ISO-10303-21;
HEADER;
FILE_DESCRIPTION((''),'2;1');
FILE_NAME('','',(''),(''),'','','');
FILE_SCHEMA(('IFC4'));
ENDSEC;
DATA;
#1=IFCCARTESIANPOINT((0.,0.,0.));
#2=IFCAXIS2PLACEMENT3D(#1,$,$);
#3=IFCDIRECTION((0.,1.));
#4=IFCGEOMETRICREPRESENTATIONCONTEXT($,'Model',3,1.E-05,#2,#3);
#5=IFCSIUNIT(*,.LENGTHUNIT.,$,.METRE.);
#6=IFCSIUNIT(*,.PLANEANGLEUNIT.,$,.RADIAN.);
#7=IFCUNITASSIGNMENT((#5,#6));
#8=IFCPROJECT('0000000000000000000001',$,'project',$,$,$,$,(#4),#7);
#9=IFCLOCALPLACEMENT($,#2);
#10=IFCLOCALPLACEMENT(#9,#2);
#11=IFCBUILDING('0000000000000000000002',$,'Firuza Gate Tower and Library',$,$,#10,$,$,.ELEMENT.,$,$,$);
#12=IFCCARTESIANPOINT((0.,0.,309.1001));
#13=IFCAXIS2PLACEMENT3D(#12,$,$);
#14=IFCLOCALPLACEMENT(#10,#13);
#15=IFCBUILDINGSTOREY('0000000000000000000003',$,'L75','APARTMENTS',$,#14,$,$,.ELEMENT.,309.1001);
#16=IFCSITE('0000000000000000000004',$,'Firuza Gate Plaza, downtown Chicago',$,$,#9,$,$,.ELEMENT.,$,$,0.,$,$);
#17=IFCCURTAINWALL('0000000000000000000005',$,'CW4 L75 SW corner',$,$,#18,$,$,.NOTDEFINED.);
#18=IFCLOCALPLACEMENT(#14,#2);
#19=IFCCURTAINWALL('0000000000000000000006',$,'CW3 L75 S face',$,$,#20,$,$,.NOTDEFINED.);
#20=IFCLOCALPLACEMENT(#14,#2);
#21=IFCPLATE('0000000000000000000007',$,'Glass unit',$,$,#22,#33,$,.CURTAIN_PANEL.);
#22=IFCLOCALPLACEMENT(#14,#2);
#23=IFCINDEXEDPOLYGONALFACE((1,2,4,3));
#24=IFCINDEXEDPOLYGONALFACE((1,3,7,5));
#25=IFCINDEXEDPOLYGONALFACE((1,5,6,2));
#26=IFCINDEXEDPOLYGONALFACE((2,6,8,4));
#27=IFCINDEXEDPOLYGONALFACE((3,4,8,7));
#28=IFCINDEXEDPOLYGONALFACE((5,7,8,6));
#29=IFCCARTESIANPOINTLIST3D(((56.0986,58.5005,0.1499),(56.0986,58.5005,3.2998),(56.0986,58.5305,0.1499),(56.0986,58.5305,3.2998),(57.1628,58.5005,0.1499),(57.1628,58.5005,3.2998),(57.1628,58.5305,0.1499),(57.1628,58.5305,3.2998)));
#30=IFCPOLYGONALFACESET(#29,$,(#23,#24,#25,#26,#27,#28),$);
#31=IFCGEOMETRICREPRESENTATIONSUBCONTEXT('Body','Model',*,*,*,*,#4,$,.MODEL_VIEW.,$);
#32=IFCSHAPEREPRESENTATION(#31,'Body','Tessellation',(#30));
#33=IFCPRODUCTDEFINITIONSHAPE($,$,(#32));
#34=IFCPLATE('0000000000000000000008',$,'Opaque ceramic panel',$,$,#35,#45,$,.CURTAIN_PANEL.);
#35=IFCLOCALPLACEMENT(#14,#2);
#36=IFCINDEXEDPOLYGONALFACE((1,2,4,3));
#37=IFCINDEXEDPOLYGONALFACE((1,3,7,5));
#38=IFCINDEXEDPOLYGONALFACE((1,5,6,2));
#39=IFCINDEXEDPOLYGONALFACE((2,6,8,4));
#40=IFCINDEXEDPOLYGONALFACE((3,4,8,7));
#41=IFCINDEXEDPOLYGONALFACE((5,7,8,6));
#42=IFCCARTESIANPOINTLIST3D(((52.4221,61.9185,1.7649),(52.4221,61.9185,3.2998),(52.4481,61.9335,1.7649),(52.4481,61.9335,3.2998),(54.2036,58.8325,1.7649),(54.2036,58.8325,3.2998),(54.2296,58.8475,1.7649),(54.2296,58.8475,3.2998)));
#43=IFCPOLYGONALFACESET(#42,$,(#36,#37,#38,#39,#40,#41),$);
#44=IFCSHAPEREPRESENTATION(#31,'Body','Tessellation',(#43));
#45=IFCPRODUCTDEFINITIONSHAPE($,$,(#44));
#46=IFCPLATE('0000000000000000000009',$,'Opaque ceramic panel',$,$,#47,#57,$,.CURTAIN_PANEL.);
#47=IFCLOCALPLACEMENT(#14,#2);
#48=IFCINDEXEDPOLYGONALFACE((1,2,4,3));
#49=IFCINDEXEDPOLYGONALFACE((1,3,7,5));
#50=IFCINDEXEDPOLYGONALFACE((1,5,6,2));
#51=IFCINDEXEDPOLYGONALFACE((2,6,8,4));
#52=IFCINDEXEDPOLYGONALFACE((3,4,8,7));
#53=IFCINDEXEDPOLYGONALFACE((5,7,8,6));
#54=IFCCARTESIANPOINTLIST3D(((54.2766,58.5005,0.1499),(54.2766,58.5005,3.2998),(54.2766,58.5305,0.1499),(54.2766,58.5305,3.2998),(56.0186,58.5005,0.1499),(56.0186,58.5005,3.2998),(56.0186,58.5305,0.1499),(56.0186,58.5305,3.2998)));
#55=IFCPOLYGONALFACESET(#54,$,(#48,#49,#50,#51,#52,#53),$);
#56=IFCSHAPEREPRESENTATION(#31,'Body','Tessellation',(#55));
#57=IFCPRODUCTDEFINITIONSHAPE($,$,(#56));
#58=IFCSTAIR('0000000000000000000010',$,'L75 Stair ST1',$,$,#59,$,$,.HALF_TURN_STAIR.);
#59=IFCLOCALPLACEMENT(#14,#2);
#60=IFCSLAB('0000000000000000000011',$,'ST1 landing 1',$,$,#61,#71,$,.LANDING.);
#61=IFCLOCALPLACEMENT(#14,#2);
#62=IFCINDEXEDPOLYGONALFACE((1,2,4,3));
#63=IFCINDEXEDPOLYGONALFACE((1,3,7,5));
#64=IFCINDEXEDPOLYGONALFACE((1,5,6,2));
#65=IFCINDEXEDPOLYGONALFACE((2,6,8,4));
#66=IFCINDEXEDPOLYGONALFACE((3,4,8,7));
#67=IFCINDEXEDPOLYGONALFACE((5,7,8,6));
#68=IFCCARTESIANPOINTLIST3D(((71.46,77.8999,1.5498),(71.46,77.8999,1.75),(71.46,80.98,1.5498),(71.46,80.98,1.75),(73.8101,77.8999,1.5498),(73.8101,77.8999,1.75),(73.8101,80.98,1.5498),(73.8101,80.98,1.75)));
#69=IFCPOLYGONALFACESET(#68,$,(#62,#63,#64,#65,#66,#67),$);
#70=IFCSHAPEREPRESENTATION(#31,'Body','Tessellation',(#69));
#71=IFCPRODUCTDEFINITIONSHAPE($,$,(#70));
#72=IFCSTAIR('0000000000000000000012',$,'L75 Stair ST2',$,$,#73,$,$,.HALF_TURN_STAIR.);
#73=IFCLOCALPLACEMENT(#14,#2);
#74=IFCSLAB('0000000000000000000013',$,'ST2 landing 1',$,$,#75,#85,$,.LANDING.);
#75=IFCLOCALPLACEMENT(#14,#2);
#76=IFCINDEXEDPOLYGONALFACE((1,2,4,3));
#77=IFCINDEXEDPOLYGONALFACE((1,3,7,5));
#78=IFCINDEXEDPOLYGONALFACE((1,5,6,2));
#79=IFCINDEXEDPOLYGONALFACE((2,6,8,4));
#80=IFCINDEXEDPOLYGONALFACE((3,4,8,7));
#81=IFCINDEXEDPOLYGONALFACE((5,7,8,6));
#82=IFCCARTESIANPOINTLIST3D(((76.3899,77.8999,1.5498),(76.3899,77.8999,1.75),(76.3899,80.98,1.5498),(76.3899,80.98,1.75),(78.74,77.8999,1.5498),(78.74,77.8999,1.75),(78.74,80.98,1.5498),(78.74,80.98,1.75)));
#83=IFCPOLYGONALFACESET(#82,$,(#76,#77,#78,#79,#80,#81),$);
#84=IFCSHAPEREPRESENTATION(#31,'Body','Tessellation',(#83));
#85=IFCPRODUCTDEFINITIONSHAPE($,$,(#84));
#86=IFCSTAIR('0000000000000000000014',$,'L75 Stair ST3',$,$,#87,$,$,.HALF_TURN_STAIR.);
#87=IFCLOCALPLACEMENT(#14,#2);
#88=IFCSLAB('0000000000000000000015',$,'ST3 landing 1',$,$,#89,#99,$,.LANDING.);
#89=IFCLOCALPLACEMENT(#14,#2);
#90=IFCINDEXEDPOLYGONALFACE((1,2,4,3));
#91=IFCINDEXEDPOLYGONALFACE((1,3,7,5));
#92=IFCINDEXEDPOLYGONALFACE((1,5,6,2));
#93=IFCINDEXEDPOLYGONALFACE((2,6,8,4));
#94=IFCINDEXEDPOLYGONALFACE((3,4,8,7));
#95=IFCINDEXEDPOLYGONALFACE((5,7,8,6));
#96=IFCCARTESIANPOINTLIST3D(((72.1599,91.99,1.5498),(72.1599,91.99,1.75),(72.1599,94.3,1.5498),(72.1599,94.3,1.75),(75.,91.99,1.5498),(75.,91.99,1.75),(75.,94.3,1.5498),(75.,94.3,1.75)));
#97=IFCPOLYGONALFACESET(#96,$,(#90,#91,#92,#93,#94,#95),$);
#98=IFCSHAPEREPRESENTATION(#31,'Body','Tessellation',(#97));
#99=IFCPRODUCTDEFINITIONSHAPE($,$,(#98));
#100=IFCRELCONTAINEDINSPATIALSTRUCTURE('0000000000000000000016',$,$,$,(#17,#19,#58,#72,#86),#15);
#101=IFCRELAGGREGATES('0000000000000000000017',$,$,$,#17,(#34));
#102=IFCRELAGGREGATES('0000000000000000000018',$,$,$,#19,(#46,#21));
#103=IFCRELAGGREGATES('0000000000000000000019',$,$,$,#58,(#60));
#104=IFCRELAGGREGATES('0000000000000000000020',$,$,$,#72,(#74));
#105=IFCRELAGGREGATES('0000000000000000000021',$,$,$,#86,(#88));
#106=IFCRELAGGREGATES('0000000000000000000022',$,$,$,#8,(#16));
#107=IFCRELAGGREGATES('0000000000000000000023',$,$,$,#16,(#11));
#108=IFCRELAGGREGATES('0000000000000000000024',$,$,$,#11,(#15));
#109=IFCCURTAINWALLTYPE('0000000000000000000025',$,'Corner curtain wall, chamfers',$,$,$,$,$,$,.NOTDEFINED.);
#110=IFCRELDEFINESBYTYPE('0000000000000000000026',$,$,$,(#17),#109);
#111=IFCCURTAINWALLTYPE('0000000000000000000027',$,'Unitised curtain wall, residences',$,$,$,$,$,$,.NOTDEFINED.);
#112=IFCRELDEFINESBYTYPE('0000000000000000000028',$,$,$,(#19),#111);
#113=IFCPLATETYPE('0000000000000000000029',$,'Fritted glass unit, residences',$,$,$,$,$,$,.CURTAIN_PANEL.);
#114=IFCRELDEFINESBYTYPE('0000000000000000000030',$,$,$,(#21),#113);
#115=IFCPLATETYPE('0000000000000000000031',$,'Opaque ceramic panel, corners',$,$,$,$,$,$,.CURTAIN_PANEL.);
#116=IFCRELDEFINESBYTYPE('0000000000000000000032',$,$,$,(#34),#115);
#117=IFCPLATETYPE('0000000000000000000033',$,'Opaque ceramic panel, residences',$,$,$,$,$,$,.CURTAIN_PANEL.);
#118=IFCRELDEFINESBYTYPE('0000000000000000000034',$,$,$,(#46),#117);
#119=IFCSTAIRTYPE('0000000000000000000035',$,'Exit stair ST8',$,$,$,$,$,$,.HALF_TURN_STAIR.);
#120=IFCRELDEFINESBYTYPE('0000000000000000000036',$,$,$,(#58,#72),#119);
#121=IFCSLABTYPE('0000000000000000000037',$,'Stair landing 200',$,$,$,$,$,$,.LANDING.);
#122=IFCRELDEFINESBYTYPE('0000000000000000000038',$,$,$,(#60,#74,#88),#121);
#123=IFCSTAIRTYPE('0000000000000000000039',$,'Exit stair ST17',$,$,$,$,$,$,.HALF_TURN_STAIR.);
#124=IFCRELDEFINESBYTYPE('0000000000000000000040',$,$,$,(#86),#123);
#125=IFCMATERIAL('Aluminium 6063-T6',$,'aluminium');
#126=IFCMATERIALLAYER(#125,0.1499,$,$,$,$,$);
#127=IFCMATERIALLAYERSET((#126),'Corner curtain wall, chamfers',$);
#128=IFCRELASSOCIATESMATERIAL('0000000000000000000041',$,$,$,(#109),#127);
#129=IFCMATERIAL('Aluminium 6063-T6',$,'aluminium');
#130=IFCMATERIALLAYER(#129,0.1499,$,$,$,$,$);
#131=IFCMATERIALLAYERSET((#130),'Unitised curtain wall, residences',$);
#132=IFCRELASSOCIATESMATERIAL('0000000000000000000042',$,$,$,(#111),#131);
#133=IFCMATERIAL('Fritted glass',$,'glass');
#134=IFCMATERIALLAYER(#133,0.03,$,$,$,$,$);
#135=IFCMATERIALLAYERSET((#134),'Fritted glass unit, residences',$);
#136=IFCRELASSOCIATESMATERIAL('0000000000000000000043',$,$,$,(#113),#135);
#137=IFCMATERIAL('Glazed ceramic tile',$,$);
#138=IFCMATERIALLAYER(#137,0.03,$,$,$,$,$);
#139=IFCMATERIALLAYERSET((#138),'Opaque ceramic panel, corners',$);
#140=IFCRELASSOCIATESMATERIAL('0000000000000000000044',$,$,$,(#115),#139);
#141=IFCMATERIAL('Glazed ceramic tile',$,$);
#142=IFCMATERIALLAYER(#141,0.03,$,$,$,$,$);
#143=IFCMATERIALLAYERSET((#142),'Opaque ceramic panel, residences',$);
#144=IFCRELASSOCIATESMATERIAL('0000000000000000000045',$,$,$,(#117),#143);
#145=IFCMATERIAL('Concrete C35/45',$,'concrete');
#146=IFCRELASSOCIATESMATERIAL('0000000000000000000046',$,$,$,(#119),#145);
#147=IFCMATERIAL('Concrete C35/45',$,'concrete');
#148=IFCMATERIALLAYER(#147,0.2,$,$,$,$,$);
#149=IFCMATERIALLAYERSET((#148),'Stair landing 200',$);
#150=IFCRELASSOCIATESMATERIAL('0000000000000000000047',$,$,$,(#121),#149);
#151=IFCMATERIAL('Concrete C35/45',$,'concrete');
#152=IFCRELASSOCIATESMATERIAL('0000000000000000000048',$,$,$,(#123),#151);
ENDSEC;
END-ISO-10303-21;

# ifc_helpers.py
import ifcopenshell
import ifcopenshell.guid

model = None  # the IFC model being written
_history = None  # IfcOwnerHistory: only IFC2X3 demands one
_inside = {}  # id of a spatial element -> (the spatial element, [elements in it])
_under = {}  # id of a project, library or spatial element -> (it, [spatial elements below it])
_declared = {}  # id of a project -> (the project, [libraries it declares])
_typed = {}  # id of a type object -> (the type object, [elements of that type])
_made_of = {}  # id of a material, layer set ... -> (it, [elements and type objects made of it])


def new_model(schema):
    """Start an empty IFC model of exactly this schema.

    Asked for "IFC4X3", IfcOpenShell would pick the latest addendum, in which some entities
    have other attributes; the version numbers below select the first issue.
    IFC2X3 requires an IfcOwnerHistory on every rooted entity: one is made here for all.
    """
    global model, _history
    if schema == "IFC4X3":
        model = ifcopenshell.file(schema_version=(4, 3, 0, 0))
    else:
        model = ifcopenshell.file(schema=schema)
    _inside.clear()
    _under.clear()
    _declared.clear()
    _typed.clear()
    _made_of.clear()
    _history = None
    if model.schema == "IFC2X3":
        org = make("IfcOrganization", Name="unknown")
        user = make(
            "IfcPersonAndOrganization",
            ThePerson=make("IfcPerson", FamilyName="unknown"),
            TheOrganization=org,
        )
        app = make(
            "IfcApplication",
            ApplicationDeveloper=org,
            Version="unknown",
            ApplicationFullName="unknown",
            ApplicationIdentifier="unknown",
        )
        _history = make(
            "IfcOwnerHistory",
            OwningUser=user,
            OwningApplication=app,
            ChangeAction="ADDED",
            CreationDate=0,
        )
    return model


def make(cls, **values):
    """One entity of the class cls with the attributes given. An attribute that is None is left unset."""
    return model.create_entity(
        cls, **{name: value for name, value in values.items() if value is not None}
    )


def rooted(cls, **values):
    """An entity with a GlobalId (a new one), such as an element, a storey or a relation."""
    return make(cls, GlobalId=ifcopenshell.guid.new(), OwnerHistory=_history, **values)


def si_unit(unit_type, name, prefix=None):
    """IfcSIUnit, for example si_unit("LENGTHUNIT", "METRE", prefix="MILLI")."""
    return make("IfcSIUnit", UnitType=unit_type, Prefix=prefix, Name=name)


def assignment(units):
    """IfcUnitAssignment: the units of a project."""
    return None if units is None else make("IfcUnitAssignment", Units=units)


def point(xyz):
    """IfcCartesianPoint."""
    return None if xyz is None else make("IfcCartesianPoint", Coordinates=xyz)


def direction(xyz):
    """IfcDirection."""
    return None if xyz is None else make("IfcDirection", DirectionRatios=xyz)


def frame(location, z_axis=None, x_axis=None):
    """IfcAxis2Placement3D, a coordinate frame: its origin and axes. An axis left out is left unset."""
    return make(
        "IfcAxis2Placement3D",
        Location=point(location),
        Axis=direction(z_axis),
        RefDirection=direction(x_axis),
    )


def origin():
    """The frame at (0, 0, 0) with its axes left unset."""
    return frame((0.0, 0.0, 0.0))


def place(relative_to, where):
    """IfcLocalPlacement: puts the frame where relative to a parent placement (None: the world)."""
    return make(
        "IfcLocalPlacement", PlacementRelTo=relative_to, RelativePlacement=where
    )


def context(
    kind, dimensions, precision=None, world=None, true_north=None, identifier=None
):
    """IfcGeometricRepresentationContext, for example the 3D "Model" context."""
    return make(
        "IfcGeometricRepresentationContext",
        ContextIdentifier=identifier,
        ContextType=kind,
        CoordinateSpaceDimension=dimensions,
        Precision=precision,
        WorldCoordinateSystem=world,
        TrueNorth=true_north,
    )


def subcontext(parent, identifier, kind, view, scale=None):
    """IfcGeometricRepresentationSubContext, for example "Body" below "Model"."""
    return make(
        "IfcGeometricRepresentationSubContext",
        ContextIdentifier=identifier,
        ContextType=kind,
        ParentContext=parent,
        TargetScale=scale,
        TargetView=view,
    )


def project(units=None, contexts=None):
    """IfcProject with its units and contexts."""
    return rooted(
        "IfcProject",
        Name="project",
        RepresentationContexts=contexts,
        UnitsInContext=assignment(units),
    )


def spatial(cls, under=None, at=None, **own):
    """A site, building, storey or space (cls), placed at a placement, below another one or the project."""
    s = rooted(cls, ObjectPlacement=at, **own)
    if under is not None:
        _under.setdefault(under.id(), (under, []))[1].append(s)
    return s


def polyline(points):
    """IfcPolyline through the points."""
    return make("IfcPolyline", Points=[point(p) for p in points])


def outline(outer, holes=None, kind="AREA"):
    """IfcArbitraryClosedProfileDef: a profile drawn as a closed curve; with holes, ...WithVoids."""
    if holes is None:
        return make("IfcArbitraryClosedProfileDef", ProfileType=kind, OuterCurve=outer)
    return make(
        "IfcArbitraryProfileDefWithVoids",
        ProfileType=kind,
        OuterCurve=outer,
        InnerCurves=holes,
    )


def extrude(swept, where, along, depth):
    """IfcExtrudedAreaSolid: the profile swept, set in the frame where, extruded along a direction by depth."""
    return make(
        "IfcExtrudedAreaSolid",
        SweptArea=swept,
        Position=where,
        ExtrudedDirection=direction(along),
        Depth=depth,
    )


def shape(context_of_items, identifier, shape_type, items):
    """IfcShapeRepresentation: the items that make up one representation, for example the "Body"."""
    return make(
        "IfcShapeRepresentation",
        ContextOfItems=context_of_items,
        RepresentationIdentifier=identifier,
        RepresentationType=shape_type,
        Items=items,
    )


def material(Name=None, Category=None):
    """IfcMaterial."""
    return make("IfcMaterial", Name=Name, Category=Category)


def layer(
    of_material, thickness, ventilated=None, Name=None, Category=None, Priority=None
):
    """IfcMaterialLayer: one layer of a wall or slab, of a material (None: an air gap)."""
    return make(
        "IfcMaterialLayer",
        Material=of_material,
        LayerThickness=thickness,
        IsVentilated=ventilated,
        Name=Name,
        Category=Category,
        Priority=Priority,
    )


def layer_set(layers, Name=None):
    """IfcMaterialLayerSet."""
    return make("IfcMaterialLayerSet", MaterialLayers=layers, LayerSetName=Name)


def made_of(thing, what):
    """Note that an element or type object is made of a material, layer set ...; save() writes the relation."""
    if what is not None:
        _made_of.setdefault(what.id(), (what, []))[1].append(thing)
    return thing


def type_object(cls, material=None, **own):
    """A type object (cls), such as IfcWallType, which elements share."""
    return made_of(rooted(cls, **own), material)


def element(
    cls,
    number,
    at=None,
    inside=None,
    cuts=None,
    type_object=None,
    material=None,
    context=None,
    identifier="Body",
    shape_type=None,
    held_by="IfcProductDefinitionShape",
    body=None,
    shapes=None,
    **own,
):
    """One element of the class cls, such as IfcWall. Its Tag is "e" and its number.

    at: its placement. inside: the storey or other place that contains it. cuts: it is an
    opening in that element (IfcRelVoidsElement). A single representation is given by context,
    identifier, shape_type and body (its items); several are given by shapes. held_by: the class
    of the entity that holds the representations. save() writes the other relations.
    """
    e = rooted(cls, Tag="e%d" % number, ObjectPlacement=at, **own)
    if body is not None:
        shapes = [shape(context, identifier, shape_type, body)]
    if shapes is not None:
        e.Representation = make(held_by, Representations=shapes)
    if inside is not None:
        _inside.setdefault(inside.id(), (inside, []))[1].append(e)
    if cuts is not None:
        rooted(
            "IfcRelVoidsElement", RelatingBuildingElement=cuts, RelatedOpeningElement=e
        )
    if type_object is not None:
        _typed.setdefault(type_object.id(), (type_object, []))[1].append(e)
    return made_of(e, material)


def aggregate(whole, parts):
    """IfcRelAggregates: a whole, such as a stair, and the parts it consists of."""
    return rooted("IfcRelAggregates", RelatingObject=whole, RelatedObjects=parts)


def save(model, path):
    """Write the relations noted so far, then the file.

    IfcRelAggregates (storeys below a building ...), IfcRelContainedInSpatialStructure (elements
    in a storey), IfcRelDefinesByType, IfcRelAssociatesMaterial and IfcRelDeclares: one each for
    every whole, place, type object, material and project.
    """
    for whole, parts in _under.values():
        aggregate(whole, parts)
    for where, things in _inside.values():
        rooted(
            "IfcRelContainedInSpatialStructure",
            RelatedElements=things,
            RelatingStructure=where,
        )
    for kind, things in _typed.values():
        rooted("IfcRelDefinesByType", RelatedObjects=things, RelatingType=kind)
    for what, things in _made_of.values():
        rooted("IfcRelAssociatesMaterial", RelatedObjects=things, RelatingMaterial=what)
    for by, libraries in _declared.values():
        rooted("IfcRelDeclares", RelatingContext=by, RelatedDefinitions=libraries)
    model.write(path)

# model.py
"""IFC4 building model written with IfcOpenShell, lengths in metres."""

from ifc_helpers import new_model, si_unit, direction, frame, origin, place, context, subcontext, project, spatial, polyline, outline, extrude, material, layer, layer_set, type_object, element, aggregate, save


model = new_model("IFC4")

# Units and contexts
model_context = context("Model", 3, precision=1e-05, world=origin(), true_north=direction((0.0, 1.0)))
body_context = subcontext(model_context, "Body", "Model", "MODEL_VIEW")
ifc_project = project(units=[si_unit("LENGTHUNIT", "METRE"), si_unit("PLANEANGLEUNIT", "RADIAN")], contexts=[model_context])

# Site, building, storey
site_placement = place(None, origin())
site = spatial("IfcSite", under=ifc_project, at=site_placement, Name="Firuza Gate Plaza, downtown Chicago", CompositionType="ELEMENT", RefElevation=0.0)
building_placement = place(site_placement, origin())
building = spatial("IfcBuilding", under=site, at=building_placement, Name="Firuza Gate Tower and Library", CompositionType="ELEMENT")
storey_placement = place(building_placement, frame((0.0, 0.0, 309.1001)))
storey = spatial("IfcBuildingStorey", under=building, at=storey_placement, Name="L75", Description="APARTMENTS", CompositionType="ELEMENT", Elevation=309.1001)

# Curtain walls
ifc_material_1 = material(Name="Aluminium 6063-T6", Category="aluminium")
ifc_layer_1 = layer(ifc_material_1, 0.1499)
ifc_layer_set_1 = layer_set([ifc_layer_1], Name="Corner curtain wall, chamfers")
curtain_wall_type_1 = type_object("IfcCurtainWallType", Name="Corner curtain wall, chamfers", PredefinedType="NOTDEFINED", material=ifc_layer_set_1)
placement_1 = place(storey_placement, origin())
curtain_wall_1 = element("IfcCurtainWall", 1, at=placement_1, inside=storey, type_object=curtain_wall_type_1, Name="CW4 L75 SW corner", PredefinedType="NOTDEFINED")
ifc_material_2 = material(Name="Aluminium 6063-T6", Category="aluminium")
ifc_layer_2 = layer(ifc_material_2, 0.1499)
ifc_layer_set_2 = layer_set([ifc_layer_2], Name="Unitised curtain wall, residences")
curtain_wall_type_2 = type_object("IfcCurtainWallType", Name="Unitised curtain wall, residences", PredefinedType="NOTDEFINED", material=ifc_layer_set_2)
curtain_wall_2 = element("IfcCurtainWall", 2, at=placement_1, inside=storey, type_object=curtain_wall_type_2, Name="CW3 L75 S face", PredefinedType="NOTDEFINED")

# Plates
ifc_material_3 = material(Name="Fritted glass", Category="glass")
ifc_layer_3 = layer(ifc_material_3, 0.03)
ifc_layer_set_3 = layer_set([ifc_layer_3], Name="Fritted glass unit, residences")
plate_type_1 = type_object("IfcPlateType", Name="Fritted glass unit, residences", PredefinedType="CURTAIN_PANEL", material=ifc_layer_set_3)
plate_1_placement = place(storey_placement, frame((56.0986, 58.5005, 0.1499), z_axis=(0.0, -1.0, 0.0), x_axis=(1.0, 0.0, 0.0)))
plate_1 = element("IfcPlate", 3, at=plate_1_placement, type_object=plate_type_1, Name="Glass unit", PredefinedType="CURTAIN_PANEL", context=body_context, shape_type="SweptSolid", body=[
    extrude(outline(polyline([(0.0, 0.0), (1.0642, 0.0), (1.0642, 3.1499), (0.0, 3.1499), (0.0, 0.0)])), origin(), (0.0, 0.0, -1.0), 0.03),
])
ifc_material_4 = material(Name="Glazed ceramic tile")
ifc_layer_4 = layer(ifc_material_4, 0.03)
ifc_layer_set_4 = layer_set([ifc_layer_4], Name="Opaque ceramic panel, corners")
plate_type_2 = type_object("IfcPlateType", Name="Opaque ceramic panel, corners", PredefinedType="CURTAIN_PANEL", material=ifc_layer_set_4)
plate_2_placement = place(storey_placement, frame((52.4221, 61.9185, 1.7649), z_axis=(-0.866046, -0.499964, 0.0), x_axis=(0.499964, -0.866046, 0.0)))
plate_2 = element("IfcPlate", 4, at=plate_2_placement, type_object=plate_type_2, Name="Opaque ceramic panel", PredefinedType="CURTAIN_PANEL", context=body_context, shape_type="SweptSolid", body=[
    extrude(outline(polyline([(0.0, 0.0), (3.5632, 0.0), (3.5632, 1.5349), (0.0, 1.5349), (0.0, 0.0)])), origin(), (0.0, 0.0, -1.0), 0.03),
])
aggregate(curtain_wall_1, [plate_2])
ifc_material_5 = material(Name="Glazed ceramic tile")
ifc_layer_5 = layer(ifc_material_5, 0.03)
ifc_layer_set_5 = layer_set([ifc_layer_5], Name="Opaque ceramic panel, residences")
plate_type_3 = type_object("IfcPlateType", Name="Opaque ceramic panel, residences", PredefinedType="CURTAIN_PANEL", material=ifc_layer_set_5)
plate_3_placement = place(storey_placement, frame((54.2766, 58.5005, 0.1499), z_axis=(0.0, -1.0, 0.0), x_axis=(1.0, 0.0, 0.0)))
plate_3 = element("IfcPlate", 5, at=plate_3_placement, type_object=plate_type_3, Name="Opaque ceramic panel", PredefinedType="CURTAIN_PANEL", context=body_context, shape_type="SweptSolid", body=[
    extrude(outline(polyline([(0.0, 0.0), (1.7419, 0.0), (1.7419, 3.1499), (0.0, 3.1499), (0.0, 0.0)])), origin(), (0.0, 0.0, -1.0), 0.03),
])
aggregate(curtain_wall_2, [plate_3, plate_1])

# Stairs, slabs
ifc_material_6 = material(Name="Concrete C35/45", Category="concrete")
stair_type_1 = type_object("IfcStairType", Name="Exit stair ST8", PredefinedType="HALF_TURN_STAIR", material=ifc_material_6)
stair_1 = element("IfcStair", 6, at=placement_1, inside=storey, type_object=stair_type_1, Name="L75 Stair ST1", PredefinedType="HALF_TURN_STAIR")
ifc_material_7 = material(Name="Concrete C35/45", Category="concrete")
ifc_layer_6 = layer(ifc_material_7, 0.2)
ifc_layer_set_6 = layer_set([ifc_layer_6], Name="Stair landing 200")
slab_type_1 = type_object("IfcSlabType", Name="Stair landing 200", PredefinedType="LANDING", material=ifc_layer_set_6)
placement_2 = place(storey_placement, frame((0.0, 0.0, 1.5498)))
slab_1 = element("IfcSlab", 7, at=placement_2, type_object=slab_type_1, Name="ST1 landing 1", PredefinedType="LANDING", context=body_context, shape_type="SweptSolid", body=[
    extrude(outline(polyline([(71.46, 77.8999), (73.8101, 77.8999), (73.8101, 80.98), (71.46, 80.98), (71.46, 77.8999)])), origin(), (0.0, 0.0, 1.0), 0.2002),
])
aggregate(stair_1, [slab_1])
stair_2 = element("IfcStair", 8, at=placement_1, inside=storey, type_object=stair_type_1, Name="L75 Stair ST2", PredefinedType="HALF_TURN_STAIR")
slab_2 = element("IfcSlab", 9, at=placement_2, type_object=slab_type_1, Name="ST2 landing 1", PredefinedType="LANDING", context=body_context, shape_type="SweptSolid", body=[
    extrude(outline(polyline([(78.74, 80.98), (76.3899, 80.98), (76.3899, 77.8999), (78.74, 77.8999), (78.74, 80.98)])), origin(), (0.0, 0.0, 1.0), 0.2002),
])
aggregate(stair_2, [slab_2])
ifc_material_8 = material(Name="Concrete C35/45", Category="concrete")
stair_type_2 = type_object("IfcStairType", Name="Exit stair ST17", PredefinedType="HALF_TURN_STAIR", material=ifc_material_8)
stair_3 = element("IfcStair", 10, at=placement_1, inside=storey, type_object=stair_type_2, Name="L75 Stair ST3", PredefinedType="HALF_TURN_STAIR")
slab_3 = element("IfcSlab", 11, at=placement_2, type_object=slab_type_1, Name="ST3 landing 1", PredefinedType="LANDING", context=body_context, shape_type="SweptSolid", body=[
    extrude(outline(polyline([(75.0, 91.99), (75.0, 94.3), (72.1599, 94.3), (72.1599, 91.99), (75.0, 91.99)])), origin(), (0.0, 0.0, 1.0), 0.2002),
])
aggregate(stair_3, [slab_3])

save(model, "model.ifc")
